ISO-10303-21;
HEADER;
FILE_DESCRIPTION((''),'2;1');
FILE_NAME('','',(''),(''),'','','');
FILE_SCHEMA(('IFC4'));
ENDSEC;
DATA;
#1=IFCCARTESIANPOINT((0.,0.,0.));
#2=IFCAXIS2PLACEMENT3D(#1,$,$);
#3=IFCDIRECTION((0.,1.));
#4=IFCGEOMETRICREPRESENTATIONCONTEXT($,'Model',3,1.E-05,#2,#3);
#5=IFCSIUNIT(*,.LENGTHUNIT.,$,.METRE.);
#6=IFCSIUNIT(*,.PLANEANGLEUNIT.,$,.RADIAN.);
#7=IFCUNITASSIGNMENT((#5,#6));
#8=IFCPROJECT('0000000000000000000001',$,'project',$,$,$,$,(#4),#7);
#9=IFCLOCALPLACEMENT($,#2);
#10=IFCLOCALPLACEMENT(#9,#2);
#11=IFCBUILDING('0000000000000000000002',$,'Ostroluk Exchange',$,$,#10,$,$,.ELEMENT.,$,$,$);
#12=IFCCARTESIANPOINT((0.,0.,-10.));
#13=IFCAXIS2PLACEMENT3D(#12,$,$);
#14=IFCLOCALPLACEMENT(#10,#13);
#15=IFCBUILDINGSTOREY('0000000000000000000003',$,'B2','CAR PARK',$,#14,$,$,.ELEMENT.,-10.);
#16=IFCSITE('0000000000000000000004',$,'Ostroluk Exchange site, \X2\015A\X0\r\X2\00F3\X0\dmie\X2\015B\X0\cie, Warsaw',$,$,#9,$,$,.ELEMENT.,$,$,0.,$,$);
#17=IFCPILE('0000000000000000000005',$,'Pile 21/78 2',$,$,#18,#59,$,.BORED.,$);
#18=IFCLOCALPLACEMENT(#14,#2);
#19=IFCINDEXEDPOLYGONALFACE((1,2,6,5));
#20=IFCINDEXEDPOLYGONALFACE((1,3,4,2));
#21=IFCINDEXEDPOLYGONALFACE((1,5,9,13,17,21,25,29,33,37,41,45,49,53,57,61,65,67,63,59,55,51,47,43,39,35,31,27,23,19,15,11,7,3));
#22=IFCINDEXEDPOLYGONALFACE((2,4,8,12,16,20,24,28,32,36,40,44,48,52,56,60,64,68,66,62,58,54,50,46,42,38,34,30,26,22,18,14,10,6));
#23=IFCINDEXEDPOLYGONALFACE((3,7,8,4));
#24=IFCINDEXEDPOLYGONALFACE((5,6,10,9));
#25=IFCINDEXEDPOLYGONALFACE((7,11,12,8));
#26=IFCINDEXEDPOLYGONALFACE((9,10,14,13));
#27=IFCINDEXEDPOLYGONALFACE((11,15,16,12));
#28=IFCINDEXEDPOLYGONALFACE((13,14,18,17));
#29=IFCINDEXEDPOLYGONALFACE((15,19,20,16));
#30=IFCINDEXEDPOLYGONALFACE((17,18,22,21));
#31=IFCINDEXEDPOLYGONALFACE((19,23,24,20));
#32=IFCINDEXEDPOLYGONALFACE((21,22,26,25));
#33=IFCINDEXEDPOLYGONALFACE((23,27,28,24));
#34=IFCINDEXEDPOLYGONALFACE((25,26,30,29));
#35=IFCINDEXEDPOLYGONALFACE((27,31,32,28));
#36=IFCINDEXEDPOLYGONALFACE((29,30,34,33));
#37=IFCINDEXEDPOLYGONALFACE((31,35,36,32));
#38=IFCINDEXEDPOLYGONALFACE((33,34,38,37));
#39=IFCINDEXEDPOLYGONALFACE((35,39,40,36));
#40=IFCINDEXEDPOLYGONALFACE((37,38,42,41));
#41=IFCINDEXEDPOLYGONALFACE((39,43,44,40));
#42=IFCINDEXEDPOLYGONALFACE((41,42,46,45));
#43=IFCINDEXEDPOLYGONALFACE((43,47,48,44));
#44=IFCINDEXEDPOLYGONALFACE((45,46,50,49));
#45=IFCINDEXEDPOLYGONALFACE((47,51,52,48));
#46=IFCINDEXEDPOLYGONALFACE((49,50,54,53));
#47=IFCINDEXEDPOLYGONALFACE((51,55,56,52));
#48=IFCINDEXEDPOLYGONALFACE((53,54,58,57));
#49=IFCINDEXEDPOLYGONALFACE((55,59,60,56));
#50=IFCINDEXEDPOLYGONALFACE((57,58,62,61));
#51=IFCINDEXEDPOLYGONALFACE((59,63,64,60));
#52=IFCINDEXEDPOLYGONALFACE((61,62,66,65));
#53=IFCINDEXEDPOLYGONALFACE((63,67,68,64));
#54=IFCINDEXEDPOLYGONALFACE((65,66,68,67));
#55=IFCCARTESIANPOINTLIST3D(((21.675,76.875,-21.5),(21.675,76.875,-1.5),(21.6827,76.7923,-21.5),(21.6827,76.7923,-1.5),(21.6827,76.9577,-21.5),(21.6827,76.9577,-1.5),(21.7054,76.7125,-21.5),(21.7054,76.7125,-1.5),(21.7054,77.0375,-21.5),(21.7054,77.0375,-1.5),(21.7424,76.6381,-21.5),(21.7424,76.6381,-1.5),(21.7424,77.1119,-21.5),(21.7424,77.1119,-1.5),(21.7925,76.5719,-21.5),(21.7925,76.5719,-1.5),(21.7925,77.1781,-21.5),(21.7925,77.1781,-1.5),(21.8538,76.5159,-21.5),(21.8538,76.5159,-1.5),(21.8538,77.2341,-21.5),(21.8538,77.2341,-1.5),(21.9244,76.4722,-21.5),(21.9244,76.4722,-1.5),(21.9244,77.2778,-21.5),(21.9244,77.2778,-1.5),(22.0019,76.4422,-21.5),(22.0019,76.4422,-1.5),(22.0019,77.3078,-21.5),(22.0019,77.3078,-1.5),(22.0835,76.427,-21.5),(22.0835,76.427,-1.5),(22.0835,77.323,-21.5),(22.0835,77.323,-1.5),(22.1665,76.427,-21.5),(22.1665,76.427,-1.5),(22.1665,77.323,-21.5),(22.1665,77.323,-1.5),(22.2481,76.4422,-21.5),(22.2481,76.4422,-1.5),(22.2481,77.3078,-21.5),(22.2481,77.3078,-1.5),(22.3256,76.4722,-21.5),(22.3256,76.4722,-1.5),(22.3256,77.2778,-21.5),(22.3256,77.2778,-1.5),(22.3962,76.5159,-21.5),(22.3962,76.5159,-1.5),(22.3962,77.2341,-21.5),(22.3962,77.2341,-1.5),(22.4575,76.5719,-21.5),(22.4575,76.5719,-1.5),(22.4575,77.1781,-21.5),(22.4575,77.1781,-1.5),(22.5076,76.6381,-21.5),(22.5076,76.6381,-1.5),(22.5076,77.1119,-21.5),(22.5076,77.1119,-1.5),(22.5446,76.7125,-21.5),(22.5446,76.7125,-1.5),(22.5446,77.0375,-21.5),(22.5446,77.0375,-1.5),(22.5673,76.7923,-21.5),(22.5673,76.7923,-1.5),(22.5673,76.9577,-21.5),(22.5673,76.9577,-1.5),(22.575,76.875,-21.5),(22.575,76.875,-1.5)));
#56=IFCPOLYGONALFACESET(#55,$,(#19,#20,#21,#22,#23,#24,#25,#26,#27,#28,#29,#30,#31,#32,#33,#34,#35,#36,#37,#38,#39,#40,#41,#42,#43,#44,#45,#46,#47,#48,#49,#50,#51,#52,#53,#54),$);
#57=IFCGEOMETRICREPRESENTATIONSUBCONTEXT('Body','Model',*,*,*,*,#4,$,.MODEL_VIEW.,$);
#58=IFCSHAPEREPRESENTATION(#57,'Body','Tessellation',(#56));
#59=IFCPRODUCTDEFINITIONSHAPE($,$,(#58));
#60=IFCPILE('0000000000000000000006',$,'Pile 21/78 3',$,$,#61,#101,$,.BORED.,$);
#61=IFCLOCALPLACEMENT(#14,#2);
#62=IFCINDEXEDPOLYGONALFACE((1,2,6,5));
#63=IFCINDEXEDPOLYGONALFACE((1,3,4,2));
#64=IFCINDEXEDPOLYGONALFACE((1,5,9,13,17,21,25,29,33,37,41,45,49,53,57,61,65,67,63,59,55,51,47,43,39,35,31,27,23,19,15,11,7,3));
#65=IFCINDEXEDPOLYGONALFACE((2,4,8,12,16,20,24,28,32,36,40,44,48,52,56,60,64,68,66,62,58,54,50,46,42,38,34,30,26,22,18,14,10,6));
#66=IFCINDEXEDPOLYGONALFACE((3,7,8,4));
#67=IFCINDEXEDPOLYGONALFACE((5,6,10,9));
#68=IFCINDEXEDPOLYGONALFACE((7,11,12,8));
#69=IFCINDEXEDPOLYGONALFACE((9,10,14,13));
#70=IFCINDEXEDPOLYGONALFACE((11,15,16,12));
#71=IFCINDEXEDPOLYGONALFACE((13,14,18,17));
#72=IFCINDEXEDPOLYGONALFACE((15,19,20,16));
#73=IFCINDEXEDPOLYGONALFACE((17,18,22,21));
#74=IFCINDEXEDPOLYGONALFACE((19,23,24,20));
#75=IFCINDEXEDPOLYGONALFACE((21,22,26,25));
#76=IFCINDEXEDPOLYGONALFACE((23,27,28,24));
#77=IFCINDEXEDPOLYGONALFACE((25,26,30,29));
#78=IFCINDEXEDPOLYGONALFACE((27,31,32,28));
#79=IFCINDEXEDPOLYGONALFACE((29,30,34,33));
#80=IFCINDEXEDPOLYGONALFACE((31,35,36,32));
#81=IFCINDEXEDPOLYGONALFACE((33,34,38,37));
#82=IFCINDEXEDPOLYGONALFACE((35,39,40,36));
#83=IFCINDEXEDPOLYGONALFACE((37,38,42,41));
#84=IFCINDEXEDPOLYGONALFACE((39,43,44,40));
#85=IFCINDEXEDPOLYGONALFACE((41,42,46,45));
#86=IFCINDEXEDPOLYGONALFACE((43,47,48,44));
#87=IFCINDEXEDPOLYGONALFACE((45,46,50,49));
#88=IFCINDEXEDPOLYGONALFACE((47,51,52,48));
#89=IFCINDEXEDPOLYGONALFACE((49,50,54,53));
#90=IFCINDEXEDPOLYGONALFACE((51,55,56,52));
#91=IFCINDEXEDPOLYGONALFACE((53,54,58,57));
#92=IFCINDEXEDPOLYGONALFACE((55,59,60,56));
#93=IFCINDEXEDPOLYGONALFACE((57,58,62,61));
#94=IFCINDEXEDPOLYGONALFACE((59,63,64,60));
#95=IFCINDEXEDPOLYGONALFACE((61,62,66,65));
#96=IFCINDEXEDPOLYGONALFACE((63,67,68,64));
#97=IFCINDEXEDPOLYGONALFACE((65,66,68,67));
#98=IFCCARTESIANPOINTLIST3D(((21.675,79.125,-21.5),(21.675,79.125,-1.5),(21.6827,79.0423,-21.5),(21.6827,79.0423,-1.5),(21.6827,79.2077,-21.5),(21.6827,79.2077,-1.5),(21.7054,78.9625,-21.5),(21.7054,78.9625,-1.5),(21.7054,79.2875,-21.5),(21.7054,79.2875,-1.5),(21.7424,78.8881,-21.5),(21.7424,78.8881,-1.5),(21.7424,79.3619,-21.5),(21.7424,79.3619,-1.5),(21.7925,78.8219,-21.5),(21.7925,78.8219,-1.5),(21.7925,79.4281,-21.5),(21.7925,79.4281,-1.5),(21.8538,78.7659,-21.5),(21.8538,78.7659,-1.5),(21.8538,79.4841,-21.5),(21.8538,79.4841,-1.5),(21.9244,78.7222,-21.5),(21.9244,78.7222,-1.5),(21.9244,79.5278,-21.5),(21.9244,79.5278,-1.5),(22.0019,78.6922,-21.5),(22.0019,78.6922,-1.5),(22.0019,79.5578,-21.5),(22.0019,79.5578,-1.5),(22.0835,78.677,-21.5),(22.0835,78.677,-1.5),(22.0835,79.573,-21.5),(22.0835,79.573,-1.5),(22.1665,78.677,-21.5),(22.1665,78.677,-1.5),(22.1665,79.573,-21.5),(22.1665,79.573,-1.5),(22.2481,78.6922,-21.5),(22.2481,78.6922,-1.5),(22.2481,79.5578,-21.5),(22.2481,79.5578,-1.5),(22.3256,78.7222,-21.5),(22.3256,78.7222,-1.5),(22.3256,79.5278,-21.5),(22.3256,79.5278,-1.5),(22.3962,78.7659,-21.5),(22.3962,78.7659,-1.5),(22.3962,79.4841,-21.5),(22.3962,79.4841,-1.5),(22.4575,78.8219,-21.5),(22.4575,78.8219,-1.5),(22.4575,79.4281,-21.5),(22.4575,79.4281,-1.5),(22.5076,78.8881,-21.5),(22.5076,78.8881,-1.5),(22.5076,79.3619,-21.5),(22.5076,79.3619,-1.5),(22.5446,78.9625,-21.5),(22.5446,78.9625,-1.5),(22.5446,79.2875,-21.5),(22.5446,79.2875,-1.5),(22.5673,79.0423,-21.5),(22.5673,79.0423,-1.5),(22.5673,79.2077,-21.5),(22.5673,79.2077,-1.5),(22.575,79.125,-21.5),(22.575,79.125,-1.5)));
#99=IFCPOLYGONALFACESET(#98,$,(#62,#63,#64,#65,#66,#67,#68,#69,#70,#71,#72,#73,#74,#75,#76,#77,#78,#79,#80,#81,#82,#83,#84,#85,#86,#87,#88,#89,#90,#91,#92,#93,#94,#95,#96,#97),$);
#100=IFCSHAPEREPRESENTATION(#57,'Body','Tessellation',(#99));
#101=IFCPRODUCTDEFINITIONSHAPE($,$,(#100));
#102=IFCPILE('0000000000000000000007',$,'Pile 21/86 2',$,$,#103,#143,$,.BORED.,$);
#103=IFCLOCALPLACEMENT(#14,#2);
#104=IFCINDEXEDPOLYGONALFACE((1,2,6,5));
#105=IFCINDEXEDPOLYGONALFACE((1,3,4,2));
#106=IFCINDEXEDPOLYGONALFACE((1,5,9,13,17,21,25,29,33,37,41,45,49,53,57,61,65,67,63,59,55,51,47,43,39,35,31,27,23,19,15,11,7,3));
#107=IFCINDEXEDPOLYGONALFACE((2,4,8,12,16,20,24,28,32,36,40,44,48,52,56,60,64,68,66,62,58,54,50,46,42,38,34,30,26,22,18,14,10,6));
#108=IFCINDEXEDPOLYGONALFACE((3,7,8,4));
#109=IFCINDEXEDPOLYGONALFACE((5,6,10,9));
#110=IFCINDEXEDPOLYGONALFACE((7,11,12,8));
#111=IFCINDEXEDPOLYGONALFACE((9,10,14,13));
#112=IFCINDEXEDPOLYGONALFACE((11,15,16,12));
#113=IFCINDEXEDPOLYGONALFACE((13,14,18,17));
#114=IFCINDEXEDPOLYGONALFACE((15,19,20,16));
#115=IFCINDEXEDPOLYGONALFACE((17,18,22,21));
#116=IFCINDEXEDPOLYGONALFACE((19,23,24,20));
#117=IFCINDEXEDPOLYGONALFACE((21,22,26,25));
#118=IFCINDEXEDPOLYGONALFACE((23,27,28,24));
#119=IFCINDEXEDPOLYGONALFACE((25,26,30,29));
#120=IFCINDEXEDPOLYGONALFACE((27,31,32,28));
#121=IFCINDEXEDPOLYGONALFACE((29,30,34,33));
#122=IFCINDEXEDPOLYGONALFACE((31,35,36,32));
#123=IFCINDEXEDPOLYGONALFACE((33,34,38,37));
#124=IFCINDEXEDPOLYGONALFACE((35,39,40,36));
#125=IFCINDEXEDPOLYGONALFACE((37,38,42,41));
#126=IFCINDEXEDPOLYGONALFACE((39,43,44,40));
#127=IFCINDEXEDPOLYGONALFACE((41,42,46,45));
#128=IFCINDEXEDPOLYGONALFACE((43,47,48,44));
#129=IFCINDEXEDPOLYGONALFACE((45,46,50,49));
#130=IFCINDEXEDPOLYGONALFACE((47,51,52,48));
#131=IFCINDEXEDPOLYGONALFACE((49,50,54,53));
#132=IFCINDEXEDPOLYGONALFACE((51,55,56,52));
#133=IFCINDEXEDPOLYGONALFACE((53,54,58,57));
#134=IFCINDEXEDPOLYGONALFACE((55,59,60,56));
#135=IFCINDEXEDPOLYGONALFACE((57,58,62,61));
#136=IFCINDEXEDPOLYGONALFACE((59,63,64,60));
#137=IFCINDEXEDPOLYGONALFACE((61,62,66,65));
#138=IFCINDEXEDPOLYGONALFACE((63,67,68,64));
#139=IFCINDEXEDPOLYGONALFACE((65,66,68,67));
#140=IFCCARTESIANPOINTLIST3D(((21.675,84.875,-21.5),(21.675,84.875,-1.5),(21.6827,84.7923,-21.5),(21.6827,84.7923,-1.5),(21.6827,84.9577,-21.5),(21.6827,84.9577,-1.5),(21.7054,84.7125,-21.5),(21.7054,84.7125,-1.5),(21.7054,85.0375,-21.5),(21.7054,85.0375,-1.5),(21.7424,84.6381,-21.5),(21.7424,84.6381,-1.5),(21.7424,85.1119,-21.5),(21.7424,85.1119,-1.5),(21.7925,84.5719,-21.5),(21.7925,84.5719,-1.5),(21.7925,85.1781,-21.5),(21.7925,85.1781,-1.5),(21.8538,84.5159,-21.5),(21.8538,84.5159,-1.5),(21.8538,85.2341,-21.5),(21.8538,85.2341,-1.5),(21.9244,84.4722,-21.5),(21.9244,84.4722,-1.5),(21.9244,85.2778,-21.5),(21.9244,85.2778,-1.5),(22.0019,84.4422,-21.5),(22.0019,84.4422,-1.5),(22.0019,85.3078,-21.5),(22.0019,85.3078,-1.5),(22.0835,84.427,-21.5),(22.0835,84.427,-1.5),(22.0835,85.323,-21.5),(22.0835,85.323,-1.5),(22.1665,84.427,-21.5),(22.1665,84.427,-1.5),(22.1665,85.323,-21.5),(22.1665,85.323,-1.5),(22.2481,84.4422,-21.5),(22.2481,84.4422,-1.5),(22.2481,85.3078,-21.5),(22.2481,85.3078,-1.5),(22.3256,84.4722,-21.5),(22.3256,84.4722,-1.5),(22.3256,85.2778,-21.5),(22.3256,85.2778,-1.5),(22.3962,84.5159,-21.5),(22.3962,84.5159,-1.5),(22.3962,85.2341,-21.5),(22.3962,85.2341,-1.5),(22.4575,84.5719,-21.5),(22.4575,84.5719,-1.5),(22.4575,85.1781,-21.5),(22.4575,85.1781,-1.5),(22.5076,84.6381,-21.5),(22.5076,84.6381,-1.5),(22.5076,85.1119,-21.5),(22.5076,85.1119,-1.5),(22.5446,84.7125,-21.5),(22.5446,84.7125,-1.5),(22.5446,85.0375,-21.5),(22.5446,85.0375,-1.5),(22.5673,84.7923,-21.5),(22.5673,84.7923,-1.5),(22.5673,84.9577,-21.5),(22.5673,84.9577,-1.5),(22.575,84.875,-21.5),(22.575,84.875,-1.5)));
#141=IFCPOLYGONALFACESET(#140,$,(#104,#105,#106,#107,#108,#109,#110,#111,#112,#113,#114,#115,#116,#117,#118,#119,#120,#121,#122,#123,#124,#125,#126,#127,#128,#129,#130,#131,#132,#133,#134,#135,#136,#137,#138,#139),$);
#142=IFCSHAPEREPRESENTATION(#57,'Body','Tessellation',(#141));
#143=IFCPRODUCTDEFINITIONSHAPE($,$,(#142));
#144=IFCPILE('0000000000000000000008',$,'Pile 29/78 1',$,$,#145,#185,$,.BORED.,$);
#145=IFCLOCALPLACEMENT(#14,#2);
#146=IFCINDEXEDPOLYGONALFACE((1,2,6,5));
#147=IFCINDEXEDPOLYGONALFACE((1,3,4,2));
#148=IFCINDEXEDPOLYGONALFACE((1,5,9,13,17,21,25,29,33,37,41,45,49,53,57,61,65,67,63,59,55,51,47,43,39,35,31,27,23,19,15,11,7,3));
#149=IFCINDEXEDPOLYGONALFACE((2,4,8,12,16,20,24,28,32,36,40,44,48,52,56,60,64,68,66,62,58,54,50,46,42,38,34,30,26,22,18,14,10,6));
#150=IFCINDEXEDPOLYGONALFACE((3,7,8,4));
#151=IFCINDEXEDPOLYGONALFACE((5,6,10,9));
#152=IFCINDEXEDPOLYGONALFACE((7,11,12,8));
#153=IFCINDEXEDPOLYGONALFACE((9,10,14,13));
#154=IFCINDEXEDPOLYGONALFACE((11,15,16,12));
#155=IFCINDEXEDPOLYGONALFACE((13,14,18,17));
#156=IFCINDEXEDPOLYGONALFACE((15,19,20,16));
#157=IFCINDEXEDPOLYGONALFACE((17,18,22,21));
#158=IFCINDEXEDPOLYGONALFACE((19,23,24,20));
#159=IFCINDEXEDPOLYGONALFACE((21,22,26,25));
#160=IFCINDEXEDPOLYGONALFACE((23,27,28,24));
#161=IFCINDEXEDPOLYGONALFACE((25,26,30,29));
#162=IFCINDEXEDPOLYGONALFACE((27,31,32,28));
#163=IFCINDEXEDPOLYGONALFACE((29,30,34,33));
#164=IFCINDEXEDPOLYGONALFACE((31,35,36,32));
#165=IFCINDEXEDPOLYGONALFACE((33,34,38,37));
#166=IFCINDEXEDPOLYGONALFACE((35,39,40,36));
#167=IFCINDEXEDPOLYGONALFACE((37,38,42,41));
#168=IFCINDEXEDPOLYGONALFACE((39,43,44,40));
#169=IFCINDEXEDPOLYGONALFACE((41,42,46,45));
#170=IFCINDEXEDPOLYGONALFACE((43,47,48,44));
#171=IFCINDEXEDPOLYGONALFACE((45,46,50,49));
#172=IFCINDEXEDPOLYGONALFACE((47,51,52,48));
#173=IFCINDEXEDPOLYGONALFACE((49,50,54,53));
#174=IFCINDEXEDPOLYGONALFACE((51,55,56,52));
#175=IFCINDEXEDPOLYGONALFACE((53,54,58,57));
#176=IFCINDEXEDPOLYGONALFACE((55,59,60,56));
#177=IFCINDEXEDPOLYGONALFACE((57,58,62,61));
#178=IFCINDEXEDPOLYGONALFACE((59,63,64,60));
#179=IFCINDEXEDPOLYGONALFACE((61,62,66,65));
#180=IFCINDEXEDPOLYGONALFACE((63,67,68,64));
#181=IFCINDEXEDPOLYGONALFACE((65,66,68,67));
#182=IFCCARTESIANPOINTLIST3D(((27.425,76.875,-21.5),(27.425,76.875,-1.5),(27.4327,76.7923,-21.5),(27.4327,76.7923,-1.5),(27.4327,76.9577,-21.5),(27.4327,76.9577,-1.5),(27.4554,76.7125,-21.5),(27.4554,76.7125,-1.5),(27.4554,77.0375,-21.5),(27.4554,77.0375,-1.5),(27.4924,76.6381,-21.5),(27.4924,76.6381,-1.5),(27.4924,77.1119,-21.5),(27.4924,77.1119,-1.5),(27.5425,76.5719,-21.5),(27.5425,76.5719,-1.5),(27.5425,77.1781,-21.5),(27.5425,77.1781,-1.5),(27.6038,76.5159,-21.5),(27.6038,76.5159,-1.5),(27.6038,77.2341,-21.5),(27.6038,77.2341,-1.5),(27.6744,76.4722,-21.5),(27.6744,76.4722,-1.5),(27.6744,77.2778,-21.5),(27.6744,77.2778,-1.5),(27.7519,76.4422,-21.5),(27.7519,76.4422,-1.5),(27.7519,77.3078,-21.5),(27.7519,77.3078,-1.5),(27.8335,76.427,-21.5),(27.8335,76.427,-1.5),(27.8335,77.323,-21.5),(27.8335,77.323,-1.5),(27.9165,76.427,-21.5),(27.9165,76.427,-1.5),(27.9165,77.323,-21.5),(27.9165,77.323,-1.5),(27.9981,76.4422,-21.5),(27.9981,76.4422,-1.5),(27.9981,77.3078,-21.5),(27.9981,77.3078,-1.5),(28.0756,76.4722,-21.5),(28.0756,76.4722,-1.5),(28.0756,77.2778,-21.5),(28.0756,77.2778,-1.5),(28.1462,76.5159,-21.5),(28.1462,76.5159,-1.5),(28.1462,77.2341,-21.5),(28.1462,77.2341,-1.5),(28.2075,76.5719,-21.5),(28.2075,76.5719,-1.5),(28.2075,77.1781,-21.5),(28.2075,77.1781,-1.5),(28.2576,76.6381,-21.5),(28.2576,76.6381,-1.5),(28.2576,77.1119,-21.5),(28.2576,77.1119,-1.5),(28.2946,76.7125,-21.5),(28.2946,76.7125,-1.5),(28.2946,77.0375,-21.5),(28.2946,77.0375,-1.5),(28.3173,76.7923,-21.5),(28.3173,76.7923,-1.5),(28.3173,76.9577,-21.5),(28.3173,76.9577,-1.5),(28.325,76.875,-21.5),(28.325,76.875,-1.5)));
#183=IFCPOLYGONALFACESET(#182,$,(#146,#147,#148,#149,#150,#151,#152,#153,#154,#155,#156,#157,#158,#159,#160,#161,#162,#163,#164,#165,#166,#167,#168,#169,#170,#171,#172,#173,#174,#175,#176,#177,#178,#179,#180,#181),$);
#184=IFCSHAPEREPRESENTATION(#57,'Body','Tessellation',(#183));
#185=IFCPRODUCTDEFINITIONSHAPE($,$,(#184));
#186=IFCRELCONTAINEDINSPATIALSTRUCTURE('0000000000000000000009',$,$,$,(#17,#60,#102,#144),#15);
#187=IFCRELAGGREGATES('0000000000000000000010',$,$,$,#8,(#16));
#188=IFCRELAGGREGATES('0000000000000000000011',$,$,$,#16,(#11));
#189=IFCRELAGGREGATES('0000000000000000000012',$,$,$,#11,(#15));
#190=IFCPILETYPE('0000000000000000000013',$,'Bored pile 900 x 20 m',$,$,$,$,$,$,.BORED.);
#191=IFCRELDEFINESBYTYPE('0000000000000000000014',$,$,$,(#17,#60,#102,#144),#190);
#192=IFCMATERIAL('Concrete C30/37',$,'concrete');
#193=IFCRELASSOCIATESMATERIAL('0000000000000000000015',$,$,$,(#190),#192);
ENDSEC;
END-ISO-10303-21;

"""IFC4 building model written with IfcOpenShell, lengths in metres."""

from ifc_helpers import new_model, si_unit, direction, frame, origin, origin_2d, place, context, subcontext, project, spatial, circle, extrude, material, type_object, element, save


model = new_model("IFC4")

# Units and contexts
model_context = context("Model", 3, precision=1e-05, world=origin(), true_north=direction((0.0, 1.0)))
body_context = subcontext(model_context, "Body", "Model", "MODEL_VIEW")
ifc_project = project(units=[si_unit("LENGTHUNIT", "METRE"), si_unit("PLANEANGLEUNIT", "RADIAN")], contexts=[model_context])

# Site, building, storey
site_placement = place(None, origin())
site = spatial("IfcSite", under=ifc_project, at=site_placement, Name="Ostroluk Exchange site, Śródmieście, Warsaw", CompositionType="ELEMENT", RefElevation=0.0)
building_placement = place(site_placement, origin())
building = spatial("IfcBuilding", under=site, at=building_placement, Name="Ostroluk Exchange", CompositionType="ELEMENT")
storey_placement = place(building_placement, frame((0.0, 0.0, -10.0)))
storey = spatial("IfcBuildingStorey", under=building, at=storey_placement, Name="B2", Description="CAR PARK", CompositionType="ELEMENT", Elevation=-10.0)

# Piles
ifc_material_1 = material(Name="Concrete C30/37", Category="concrete")
pile_type_1 = type_object("IfcPileType", Name="Bored pile 900 x 20 m", PredefinedType="BORED", material=ifc_material_1)
for number, where, z_axis, x_axis, name in (
    (1, (22.125, 76.875, -1.5), (0.0, 0.0, -1.0), (1.0, 0.0, 0.0), "Pile 21/78 2"),
    (2, (22.125, 79.125, -1.5), (0.0, 0.0, -1.0), (1.0, 0.0, 0.0), "Pile 21/78 3"),
    (3, (22.125, 84.875, -1.5), (0.0, 0.0, -1.0), (1.0, 0.0, 0.0), "Pile 21/86 2"),
    (4, (27.875, 76.875, -1.5), (0.0, 0.0, -1.0), (1.0, 0.0, 0.0), "Pile 29/78 1"),
):
    element("IfcPile", number, at=place(storey_placement, frame(where, z_axis=z_axis, x_axis=x_axis)), inside=storey, type_object=pile_type_1, Name=name, PredefinedType="BORED", context=body_context, shape_type="SweptSolid", body=[
        extrude(circle(Radius=0.45, at=origin_2d()), origin(), (0.0, 0.0, 1.0), 20.0),
    ])

save(model, "model.ifc")
